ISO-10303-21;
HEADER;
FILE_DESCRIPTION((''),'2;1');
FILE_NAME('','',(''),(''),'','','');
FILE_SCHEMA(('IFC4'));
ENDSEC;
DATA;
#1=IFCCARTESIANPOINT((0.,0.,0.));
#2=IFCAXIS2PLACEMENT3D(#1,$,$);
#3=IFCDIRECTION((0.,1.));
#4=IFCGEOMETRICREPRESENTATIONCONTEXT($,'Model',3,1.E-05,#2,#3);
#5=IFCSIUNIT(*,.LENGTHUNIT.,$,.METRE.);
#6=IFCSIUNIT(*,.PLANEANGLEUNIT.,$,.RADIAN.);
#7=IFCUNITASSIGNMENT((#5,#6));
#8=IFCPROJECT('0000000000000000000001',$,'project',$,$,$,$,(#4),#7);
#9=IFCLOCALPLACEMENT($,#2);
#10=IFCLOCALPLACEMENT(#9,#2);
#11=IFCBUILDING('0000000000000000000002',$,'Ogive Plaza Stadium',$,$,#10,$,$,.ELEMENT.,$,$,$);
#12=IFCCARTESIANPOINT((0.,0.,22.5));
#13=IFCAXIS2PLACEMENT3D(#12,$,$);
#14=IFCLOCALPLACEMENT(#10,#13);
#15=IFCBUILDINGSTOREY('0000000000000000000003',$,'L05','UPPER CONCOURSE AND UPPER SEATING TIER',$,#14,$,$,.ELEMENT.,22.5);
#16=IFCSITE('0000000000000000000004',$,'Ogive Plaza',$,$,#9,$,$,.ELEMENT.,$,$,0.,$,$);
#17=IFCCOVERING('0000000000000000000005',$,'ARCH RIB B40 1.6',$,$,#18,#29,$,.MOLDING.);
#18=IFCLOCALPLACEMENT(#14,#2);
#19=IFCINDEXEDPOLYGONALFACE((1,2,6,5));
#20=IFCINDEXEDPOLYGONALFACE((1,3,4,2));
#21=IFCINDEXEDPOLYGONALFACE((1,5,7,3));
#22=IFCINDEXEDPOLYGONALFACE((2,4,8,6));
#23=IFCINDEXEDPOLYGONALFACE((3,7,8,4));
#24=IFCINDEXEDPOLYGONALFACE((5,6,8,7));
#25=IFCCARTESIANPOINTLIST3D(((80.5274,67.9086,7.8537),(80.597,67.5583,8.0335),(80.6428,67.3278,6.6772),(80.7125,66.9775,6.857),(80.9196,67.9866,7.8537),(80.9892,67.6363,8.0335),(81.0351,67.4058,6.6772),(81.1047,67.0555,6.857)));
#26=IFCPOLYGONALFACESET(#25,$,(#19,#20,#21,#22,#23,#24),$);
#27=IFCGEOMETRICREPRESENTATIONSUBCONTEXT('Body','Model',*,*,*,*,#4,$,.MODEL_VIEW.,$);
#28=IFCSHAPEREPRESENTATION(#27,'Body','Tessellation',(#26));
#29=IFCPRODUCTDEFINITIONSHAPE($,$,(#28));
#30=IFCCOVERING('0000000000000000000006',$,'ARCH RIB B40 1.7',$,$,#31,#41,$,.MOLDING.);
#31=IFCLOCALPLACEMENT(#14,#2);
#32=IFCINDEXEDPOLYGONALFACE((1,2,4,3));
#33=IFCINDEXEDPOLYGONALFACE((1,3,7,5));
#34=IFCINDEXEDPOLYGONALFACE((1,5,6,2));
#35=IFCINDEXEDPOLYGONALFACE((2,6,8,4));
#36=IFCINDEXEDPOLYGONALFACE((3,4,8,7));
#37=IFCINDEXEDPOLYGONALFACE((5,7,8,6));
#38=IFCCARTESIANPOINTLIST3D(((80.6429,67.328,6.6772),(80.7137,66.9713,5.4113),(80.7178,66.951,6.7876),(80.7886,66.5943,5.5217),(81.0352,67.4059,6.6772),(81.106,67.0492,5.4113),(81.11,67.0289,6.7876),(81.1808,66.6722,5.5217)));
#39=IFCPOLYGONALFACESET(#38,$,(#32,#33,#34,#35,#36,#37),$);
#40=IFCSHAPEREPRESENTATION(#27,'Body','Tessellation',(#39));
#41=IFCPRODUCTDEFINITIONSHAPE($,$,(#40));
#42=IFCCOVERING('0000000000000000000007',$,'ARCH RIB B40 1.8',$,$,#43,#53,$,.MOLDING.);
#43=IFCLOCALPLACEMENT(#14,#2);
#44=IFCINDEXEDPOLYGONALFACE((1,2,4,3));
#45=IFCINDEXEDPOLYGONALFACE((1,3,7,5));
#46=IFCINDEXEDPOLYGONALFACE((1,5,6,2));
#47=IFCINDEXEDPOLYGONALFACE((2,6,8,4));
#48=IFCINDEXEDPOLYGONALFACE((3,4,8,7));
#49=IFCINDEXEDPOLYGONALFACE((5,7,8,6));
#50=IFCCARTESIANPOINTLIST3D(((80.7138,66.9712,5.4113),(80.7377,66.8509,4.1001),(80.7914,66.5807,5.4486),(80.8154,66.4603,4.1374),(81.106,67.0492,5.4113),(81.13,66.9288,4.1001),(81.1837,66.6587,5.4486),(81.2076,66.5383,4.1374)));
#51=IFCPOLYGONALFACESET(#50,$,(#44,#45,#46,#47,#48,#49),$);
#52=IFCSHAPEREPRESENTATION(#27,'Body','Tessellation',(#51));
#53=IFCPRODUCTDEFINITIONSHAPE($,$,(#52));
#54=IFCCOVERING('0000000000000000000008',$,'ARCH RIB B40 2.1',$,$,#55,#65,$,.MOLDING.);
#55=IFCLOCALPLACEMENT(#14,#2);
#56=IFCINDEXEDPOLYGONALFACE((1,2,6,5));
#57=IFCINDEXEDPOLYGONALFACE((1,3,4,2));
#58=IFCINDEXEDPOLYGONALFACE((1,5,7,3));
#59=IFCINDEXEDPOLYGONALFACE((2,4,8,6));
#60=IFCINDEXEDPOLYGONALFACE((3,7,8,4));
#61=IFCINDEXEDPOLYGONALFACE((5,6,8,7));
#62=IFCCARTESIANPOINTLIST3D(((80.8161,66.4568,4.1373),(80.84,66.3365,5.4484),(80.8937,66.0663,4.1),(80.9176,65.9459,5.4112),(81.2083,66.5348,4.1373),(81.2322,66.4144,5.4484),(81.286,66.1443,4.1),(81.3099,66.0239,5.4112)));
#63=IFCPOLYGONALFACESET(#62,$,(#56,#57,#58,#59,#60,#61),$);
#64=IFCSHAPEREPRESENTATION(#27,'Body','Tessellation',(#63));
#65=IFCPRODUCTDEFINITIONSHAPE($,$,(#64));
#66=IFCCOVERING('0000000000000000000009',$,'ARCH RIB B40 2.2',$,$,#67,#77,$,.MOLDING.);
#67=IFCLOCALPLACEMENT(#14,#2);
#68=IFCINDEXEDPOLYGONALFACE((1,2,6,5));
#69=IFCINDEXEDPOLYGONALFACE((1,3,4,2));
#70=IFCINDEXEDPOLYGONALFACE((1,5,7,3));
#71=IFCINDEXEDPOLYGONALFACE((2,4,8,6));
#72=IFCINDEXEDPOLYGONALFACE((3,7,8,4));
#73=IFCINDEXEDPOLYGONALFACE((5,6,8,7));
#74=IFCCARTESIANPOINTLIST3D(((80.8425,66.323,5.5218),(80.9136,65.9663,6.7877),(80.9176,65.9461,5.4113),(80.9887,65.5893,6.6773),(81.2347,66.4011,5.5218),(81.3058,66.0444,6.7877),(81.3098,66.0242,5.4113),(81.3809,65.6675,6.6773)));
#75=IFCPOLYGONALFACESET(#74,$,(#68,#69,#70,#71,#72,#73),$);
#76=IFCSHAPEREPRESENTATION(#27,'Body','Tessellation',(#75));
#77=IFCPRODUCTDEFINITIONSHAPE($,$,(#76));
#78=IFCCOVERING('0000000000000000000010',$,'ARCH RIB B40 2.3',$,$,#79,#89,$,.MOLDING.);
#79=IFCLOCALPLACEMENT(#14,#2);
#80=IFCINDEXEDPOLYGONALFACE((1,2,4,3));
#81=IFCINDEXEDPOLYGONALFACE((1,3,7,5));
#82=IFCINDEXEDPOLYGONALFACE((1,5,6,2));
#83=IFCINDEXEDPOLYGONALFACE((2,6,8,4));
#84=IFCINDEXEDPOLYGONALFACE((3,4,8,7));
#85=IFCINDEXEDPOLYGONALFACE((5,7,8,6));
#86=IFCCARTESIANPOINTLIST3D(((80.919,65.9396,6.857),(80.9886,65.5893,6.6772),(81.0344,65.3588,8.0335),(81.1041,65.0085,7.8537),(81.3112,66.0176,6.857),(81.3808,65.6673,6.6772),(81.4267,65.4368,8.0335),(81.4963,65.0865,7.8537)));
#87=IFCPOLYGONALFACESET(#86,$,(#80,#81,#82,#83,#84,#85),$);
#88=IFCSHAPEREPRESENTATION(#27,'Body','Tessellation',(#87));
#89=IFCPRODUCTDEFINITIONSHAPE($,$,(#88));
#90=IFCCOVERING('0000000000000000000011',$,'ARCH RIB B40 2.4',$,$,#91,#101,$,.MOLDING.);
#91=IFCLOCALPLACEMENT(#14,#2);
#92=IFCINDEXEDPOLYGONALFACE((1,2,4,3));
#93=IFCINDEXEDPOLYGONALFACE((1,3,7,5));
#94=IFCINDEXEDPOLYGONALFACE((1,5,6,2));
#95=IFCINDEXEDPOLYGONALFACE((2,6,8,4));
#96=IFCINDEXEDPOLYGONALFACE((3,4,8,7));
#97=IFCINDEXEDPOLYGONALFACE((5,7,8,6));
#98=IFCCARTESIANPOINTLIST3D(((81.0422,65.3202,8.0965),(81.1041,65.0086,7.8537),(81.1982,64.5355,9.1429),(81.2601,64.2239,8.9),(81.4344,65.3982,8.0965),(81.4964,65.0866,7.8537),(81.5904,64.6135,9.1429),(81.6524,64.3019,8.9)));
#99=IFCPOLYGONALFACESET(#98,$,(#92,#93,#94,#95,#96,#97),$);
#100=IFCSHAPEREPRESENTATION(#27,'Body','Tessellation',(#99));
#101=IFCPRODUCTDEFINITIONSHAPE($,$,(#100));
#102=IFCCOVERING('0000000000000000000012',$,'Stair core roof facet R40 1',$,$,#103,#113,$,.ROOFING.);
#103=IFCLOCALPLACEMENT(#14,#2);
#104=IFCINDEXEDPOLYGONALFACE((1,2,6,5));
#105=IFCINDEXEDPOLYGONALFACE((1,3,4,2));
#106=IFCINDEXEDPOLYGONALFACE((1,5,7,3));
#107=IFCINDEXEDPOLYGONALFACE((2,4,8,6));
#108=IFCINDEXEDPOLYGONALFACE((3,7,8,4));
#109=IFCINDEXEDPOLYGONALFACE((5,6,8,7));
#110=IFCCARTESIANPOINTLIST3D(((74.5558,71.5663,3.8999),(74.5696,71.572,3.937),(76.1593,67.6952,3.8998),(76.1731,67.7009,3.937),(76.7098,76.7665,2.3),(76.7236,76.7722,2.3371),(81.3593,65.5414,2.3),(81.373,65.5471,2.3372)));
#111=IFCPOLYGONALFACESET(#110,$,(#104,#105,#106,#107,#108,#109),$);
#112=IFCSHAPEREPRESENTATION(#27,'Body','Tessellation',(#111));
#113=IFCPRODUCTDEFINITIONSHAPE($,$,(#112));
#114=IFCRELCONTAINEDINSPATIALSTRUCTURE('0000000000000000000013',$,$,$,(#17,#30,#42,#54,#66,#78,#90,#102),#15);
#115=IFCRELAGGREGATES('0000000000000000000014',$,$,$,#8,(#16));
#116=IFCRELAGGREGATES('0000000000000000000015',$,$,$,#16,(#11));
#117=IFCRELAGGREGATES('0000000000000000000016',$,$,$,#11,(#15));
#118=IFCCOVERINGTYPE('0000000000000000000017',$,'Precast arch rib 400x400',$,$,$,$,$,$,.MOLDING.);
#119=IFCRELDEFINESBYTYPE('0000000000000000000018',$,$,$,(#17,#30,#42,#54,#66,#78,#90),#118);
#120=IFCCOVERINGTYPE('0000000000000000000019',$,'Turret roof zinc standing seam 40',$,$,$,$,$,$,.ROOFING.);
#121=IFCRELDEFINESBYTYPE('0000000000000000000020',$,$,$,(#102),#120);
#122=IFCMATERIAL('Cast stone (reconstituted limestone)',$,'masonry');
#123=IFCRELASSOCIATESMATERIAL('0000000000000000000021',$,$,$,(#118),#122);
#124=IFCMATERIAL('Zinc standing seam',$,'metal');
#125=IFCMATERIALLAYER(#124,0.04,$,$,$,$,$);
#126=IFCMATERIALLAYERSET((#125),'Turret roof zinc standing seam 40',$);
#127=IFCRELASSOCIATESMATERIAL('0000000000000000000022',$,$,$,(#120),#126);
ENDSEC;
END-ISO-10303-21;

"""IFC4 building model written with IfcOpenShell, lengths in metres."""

from ifc_helpers import new_model, si_unit, direction, frame, origin, origin_2d, place, context, subcontext, project, spatial, polyline, rectangle, outline, extrude, material, layer, layer_set, material_profile, profile_set, type_object, element, save


model = new_model("IFC4")

# Units and contexts
model_context = context("Model", 3, precision=1e-05, world=origin(), true_north=direction((0.0, 1.0)))
body_context = subcontext(model_context, "Body", "Model", "MODEL_VIEW")
ifc_project = project(units=[si_unit("LENGTHUNIT", "METRE"), si_unit("PLANEANGLEUNIT", "RADIAN")], contexts=[model_context])

# Site, building, storey
site_placement = place(None, origin())
site = spatial("IfcSite", under=ifc_project, at=site_placement, Name="Ogive Plaza", CompositionType="ELEMENT", RefElevation=0.0)
building_placement = place(site_placement, origin())
building = spatial("IfcBuilding", under=site, at=building_placement, Name="Ogive Plaza Stadium", CompositionType="ELEMENT")
storey_placement = place(building_placement, frame((0.0, 0.0, 22.5)))
storey = spatial("IfcBuildingStorey", under=building, at=storey_placement, Name="L05", Description="UPPER CONCOURSE AND UPPER SEATING TIER", CompositionType="ELEMENT", Elevation=22.5)

# Coverings
ifc_material_1 = material(Name="Cast stone (reconstituted limestone)", Category="masonry")
ifc_material_profile_1 = material_profile(ifc_material_1, rectangle(XDim=0.3999, YDim=0.3999, at=origin_2d()), Name="Cast stone 400x400")
ifc_profile_set_1 = profile_set([ifc_material_profile_1], Name="Cast stone (reconstituted limestone)")
covering_type_1 = type_object("IfcCoveringType", Name="Precast arch rib 400x400", PredefinedType="MOLDING", material=ifc_profile_set_1)
for number, where, z_axis, x_axis, name in (
    (1, (80.7583, 67.7725, 7.9436), (0.087674, -0.440963, -0.893233), (0.980802, 0.195006, 0.0), "ARCH RIB B40 1.6"),
    (2, (80.8765, 67.1785, 6.7324), (0.053756, -0.270821, -0.961128), (0.980864, 0.194696, 0.0), "ARCH RIB B40 1.7"),
):
    element("IfcCovering", number, at=place(storey_placement, frame(where, z_axis=z_axis, x_axis=x_axis)), inside=storey, type_object=covering_type_1, Name=name, PredefinedType="MOLDING", context=body_context, shape_type="SweptSolid", body=[
        extrude(rectangle(XDim=0.3999, YDim=0.3999, at=origin_2d()), origin(), (0.0, 0.0, 1.0), 1.3171),
    ])
for number, where, z_axis, x_axis, name in (
    (3, (80.9487, 66.8149, 5.4299), (0.018167, -0.09139, -0.995649), (0.98081, 0.194968, 0.0), "ARCH RIB B40 1.8"),
    (4, (81.051, 66.3005, 4.1187), (0.018167, -0.09139, 0.995649), (0.98081, 0.194968, 0.0), "ARCH RIB B40 2.1"),
):
    element("IfcCovering", number, at=place(storey_placement, frame(where, z_axis=z_axis, x_axis=x_axis)), inside=storey, type_object=covering_type_1, Name=name, PredefinedType="MOLDING", context=body_context, shape_type="SweptSolid", body=[
        extrude(rectangle(XDim=0.3999, YDim=0.3999, at=origin_2d()), origin(), (0.0, 0.0, 1.0), 1.3169),
    ])
for number, where, z_axis, x_axis, name in (
    (5, (81.0762, 66.1736, 5.4666), (0.053941, -0.270818, 0.961118), (0.980735, 0.195342, 0.0), "ARCH RIB B40 2.2"),
    (6, (81.1499, 65.8035, 6.7671), (0.087674, -0.440963, 0.893233), (0.980802, 0.195006, 0.0), "ARCH RIB B40 2.3"),
    (7, (81.2693, 65.2034, 7.9751), (0.118439, -0.595717, 0.794414), (0.980803, 0.195001, 0.0), "ARCH RIB B40 2.4"),
):
    element("IfcCovering", number, at=place(storey_placement, frame(where, z_axis=z_axis, x_axis=x_axis)), inside=storey, type_object=covering_type_1, Name=name, PredefinedType="MOLDING", context=body_context, shape_type="SweptSolid", body=[
        extrude(rectangle(XDim=0.3999, YDim=0.3999, at=origin_2d()), origin(), (0.0, 0.0, 1.0), 1.3171),
    ])
ifc_material_2 = material(Name="Zinc standing seam", Category="metal")
ifc_layer_1 = layer(ifc_material_2, 0.04)
ifc_layer_set_1 = layer_set([ifc_layer_1], Name="Turret roof zinc standing seam 40")
covering_type_2 = type_object("IfcCoveringType", Name="Turret roof zinc standing seam 40", PredefinedType="ROOFING", material=ifc_layer_set_1)
covering_placement = place(storey_placement, frame((81.373, 65.5471, 2.3372), z_axis=(0.344578, 0.142726, 0.927844), x_axis=(-0.382672, 0.923884, -0.000002)))
element("IfcCovering", 8, at=covering_placement, inside=storey, type_object=covering_type_2, Name="Stair core roof facet R40 1", PredefinedType="ROOFING", context=body_context, shape_type="SweptSolid", body=[
    extrude(outline(polyline([(0.0, 0.0), (12.1499, 0.0), (8.1698, 4.2896), (3.9797, 4.2895), (0.0, 0.0)])), origin(), (0.0, 0.0, -1.0), 0.04),
])

save(model, "model.ifc")
